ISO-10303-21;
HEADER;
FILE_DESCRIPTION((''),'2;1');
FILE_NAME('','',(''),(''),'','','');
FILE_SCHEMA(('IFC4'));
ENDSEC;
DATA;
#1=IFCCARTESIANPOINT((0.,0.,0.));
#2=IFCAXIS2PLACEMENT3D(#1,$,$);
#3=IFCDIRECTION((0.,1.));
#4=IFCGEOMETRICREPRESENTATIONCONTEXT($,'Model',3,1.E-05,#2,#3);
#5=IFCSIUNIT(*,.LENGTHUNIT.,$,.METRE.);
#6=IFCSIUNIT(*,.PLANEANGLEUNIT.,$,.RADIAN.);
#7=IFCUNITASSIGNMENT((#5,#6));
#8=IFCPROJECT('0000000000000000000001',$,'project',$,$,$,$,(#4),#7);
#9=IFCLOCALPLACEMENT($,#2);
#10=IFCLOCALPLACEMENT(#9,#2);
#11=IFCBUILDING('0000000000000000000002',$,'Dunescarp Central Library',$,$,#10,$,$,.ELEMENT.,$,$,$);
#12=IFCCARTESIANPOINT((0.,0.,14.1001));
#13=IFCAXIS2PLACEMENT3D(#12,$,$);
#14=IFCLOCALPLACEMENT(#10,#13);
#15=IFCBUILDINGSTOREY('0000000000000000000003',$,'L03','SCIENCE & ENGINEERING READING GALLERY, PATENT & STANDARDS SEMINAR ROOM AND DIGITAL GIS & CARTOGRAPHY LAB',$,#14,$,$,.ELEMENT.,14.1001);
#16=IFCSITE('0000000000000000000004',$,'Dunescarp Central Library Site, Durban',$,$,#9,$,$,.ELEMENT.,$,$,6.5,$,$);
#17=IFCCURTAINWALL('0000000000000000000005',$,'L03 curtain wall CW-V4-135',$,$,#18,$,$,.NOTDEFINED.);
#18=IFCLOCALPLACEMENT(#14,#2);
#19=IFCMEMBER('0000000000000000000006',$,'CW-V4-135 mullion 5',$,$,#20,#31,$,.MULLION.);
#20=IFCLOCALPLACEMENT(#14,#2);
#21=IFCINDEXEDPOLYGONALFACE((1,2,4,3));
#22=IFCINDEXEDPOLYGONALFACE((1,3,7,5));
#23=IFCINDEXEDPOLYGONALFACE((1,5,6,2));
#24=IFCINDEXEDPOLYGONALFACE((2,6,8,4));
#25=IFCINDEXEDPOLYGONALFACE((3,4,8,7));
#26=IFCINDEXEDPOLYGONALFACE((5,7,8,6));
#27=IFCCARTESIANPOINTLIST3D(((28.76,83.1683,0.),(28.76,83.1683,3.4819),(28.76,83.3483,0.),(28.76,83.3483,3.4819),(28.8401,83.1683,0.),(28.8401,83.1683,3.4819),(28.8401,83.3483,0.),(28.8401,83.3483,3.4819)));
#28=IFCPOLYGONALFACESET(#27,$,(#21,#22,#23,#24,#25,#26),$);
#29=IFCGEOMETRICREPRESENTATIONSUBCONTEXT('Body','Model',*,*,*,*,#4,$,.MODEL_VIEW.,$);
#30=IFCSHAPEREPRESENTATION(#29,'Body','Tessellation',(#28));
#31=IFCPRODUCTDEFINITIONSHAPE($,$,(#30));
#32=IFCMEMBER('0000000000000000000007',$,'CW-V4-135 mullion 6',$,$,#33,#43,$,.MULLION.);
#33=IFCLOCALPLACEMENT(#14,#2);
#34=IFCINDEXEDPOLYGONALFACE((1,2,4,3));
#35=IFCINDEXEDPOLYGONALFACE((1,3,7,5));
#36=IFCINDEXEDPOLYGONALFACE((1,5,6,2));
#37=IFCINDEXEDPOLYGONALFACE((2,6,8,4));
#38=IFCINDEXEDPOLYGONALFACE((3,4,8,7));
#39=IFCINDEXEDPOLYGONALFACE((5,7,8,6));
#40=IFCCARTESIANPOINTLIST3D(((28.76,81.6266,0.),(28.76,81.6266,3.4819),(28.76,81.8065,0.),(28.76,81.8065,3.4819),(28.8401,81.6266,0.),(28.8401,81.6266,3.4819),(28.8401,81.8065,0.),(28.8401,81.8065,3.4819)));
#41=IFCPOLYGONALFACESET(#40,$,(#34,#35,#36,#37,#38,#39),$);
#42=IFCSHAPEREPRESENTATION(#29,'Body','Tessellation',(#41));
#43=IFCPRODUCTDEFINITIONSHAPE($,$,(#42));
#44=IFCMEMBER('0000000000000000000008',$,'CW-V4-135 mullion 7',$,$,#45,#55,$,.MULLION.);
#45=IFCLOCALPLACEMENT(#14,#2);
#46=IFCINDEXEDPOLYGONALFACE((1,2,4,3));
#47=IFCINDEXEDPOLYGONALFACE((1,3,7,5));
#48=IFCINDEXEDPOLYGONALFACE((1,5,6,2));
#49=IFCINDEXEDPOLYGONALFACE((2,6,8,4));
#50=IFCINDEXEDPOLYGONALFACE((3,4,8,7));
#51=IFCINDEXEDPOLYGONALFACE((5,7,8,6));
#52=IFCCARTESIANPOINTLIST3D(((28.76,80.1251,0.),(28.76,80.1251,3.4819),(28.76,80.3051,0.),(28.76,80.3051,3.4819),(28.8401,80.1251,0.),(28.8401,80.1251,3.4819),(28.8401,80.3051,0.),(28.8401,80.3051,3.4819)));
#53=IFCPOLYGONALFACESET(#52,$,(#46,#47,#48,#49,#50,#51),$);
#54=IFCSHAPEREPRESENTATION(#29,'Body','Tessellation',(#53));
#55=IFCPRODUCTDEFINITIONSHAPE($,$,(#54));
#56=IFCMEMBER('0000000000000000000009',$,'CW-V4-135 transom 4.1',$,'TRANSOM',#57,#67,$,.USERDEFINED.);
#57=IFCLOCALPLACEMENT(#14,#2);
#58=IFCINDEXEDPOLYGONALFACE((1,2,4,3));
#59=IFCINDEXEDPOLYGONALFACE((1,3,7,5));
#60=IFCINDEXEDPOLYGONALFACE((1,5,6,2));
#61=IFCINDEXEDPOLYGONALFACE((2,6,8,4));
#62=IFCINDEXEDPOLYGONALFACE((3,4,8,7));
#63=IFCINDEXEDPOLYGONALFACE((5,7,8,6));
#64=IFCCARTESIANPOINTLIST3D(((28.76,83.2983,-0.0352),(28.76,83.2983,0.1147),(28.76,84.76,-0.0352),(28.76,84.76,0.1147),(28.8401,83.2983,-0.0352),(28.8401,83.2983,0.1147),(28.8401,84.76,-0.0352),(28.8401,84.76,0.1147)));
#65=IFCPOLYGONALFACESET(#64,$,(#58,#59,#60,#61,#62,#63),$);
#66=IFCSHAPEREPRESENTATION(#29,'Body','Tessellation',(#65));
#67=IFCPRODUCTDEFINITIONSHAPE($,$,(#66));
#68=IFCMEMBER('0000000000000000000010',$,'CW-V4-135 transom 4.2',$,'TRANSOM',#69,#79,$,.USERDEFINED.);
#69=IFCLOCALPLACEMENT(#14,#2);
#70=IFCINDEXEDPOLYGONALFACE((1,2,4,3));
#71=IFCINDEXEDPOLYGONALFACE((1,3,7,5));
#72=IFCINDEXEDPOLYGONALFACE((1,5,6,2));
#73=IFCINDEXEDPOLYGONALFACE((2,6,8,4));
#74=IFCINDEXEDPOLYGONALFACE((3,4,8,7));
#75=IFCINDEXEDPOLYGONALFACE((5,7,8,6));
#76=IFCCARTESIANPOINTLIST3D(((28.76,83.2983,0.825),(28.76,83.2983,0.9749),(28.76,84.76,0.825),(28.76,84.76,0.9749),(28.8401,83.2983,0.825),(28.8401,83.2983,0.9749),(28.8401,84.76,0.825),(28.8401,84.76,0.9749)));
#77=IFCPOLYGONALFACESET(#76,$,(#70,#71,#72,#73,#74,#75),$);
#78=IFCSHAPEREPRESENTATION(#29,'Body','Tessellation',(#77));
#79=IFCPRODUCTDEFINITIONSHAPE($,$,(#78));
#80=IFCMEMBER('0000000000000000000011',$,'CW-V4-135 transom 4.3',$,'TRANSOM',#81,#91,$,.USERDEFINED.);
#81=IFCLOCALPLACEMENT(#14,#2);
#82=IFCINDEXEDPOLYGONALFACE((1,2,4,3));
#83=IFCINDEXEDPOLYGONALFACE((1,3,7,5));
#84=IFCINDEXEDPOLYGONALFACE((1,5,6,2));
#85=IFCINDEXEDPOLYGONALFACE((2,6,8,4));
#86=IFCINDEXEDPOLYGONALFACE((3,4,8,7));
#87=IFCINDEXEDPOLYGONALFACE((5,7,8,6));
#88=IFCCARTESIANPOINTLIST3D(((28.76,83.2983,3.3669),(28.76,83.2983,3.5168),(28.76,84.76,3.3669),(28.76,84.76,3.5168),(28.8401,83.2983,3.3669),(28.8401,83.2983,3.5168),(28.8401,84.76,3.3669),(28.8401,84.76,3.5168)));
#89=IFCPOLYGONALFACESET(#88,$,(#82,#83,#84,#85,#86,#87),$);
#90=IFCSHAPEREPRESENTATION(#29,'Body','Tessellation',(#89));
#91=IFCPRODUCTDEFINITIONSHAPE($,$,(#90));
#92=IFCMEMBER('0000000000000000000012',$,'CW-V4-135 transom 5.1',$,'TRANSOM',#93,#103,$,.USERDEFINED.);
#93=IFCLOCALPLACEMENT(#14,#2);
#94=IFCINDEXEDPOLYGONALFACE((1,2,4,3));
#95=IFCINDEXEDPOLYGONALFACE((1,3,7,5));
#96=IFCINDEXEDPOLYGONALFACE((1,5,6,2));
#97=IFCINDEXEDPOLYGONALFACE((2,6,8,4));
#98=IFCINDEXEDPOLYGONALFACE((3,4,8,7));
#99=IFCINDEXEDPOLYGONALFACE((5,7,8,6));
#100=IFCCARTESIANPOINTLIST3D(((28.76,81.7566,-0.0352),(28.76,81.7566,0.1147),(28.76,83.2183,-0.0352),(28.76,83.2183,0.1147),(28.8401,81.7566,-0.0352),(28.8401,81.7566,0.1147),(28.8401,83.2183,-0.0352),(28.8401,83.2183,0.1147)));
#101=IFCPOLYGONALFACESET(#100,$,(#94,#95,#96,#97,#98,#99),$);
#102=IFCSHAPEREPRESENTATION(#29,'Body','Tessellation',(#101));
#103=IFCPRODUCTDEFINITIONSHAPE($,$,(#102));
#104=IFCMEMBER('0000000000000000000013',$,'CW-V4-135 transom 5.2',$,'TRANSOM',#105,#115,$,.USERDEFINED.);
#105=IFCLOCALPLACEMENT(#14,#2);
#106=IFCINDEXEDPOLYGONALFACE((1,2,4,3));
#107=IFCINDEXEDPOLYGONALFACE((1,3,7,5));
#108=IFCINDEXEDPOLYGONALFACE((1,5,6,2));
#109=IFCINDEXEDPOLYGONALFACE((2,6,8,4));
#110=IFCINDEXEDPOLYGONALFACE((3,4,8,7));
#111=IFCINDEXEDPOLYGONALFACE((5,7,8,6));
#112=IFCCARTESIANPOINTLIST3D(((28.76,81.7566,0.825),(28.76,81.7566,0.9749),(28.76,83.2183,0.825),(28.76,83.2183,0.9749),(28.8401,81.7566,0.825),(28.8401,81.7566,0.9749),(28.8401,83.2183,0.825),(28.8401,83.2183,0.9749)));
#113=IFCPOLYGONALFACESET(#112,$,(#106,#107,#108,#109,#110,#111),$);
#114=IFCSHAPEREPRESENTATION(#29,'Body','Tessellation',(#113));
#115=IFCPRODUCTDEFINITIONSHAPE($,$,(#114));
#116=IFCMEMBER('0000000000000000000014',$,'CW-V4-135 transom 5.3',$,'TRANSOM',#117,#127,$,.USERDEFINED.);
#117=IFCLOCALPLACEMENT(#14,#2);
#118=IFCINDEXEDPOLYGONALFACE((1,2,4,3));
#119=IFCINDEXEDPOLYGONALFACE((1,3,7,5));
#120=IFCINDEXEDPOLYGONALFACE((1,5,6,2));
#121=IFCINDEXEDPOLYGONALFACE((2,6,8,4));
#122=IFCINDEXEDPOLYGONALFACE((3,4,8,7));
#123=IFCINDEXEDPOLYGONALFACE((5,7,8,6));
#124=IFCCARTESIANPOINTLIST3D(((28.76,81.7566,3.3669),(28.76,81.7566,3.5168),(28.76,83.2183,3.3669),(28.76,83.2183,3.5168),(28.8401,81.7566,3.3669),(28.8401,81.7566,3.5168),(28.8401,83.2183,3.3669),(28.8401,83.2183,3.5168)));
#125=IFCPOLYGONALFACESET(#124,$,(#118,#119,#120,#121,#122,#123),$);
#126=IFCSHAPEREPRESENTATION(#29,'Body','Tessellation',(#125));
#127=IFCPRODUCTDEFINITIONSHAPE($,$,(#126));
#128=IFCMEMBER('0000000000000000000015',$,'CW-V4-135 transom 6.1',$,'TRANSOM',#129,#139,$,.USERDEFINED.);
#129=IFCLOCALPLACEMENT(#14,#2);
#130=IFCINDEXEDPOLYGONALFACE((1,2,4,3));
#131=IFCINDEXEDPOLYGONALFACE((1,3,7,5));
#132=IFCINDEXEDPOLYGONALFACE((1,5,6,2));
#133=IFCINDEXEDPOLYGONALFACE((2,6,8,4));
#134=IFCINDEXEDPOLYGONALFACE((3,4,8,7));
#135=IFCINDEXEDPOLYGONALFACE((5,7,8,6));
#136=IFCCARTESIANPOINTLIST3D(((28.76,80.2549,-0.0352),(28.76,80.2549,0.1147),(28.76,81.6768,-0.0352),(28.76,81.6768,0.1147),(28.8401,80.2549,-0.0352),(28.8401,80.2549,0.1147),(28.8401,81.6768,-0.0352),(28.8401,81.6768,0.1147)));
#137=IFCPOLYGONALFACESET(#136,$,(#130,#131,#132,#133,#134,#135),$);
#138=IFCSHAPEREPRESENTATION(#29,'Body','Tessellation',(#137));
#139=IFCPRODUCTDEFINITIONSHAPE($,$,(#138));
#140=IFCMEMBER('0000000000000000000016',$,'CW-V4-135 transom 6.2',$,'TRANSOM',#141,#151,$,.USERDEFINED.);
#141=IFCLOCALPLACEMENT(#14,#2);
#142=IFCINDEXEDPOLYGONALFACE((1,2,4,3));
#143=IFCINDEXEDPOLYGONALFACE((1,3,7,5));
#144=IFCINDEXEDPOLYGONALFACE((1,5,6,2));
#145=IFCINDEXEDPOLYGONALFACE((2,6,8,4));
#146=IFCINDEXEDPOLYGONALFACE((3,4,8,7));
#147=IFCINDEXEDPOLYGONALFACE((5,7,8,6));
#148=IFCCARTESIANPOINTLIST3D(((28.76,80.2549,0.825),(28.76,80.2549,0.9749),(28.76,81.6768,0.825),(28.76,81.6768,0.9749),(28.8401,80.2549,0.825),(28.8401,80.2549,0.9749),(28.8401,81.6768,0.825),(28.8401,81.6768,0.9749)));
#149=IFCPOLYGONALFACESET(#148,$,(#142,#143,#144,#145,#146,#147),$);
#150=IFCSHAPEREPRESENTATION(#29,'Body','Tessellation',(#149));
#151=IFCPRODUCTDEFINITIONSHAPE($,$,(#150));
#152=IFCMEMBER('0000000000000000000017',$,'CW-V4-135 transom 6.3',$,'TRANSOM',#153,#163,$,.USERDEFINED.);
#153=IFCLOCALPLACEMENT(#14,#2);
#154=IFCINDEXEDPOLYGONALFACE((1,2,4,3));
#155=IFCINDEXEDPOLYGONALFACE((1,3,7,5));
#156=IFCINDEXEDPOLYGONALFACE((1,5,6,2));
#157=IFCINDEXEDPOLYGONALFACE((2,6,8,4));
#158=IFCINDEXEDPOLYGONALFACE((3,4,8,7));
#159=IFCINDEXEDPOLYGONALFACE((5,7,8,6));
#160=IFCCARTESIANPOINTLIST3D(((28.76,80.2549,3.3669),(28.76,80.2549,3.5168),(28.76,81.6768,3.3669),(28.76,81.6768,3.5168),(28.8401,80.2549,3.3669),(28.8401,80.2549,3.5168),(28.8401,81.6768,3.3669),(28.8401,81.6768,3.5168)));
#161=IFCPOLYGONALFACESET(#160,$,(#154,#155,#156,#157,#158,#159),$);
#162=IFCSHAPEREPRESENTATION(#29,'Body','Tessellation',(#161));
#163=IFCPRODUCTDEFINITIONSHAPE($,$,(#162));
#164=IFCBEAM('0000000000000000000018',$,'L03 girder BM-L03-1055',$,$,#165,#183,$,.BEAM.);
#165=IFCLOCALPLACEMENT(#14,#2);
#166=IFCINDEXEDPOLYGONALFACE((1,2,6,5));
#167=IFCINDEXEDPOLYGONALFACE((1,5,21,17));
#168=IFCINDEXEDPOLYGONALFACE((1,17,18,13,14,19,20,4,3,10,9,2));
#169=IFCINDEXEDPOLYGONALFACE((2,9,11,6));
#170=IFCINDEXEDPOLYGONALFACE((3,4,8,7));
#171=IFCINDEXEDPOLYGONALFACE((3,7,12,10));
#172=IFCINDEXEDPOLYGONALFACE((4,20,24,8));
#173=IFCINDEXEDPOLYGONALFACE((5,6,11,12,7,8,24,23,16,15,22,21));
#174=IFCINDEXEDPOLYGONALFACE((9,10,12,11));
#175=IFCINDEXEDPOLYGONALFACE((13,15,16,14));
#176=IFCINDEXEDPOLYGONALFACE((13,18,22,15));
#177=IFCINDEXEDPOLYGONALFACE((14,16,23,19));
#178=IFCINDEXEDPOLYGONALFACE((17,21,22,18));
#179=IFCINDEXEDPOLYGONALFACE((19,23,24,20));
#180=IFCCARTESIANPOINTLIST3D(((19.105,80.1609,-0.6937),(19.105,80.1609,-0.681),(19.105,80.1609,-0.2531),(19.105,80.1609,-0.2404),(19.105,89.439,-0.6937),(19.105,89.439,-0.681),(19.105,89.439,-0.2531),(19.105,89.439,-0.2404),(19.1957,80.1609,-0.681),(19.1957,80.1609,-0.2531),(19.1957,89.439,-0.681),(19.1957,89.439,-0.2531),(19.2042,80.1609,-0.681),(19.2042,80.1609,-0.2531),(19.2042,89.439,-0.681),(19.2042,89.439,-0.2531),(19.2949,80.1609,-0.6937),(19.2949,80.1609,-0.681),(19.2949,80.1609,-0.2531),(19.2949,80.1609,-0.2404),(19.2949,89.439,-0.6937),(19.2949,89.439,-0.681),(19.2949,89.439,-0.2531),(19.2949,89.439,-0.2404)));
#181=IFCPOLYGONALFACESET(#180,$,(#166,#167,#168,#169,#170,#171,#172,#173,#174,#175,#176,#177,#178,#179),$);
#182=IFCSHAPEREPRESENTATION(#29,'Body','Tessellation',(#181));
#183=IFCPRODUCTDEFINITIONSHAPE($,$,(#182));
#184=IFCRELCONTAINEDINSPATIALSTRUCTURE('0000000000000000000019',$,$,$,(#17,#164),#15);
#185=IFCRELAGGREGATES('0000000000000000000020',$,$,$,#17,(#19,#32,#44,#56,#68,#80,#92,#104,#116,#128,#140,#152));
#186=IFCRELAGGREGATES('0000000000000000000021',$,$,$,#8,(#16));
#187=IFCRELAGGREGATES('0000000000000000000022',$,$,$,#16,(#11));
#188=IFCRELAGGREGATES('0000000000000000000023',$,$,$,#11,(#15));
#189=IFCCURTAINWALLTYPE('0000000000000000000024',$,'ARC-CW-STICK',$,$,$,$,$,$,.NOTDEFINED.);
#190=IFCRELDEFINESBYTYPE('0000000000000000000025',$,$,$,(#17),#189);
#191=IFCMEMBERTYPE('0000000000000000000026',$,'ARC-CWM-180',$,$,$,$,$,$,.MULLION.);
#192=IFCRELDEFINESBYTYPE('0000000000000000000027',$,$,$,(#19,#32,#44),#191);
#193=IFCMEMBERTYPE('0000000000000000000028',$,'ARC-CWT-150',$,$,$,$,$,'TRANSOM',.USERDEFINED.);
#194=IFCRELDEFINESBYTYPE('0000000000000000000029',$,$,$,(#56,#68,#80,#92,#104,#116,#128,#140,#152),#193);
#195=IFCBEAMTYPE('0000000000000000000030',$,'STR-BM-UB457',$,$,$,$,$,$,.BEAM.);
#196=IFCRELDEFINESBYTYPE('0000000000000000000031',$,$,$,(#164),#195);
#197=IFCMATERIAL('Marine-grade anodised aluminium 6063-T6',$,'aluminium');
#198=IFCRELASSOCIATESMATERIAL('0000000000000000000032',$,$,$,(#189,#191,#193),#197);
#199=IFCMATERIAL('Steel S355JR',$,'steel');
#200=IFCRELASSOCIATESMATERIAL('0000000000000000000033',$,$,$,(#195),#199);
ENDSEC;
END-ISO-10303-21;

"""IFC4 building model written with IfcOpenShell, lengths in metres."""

from ifc_helpers import new_model, si_unit, direction, frame, origin, origin_2d, place, context, subcontext, project, spatial, rectangle, i_section, extrude, material, material_profile, profile_set, type_object, element, aggregate, save


model = new_model("IFC4")

# Units and contexts
model_context = context("Model", 3, precision=1e-05, world=origin(), true_north=direction((0.0, 1.0)))
body_context = subcontext(model_context, "Body", "Model", "MODEL_VIEW")
ifc_project = project(units=[si_unit("LENGTHUNIT", "METRE"), si_unit("PLANEANGLEUNIT", "RADIAN")], contexts=[model_context])

# Site, building, storey
site_placement = place(None, origin())
site = spatial("IfcSite", under=ifc_project, at=site_placement, Name="Dunescarp Central Library Site, Durban", CompositionType="ELEMENT", RefElevation=6.5)
building_placement = place(site_placement, origin())
building = spatial("IfcBuilding", under=site, at=building_placement, Name="Dunescarp Central Library", CompositionType="ELEMENT")
storey_placement = place(building_placement, frame((0.0, 0.0, 14.1001)))
storey = spatial("IfcBuildingStorey", under=building, at=storey_placement, Name="L03", Description="SCIENCE & ENGINEERING READING GALLERY, PATENT & STANDARDS SEMINAR ROOM AND DIGITAL GIS & CARTOGRAPHY LAB", CompositionType="ELEMENT", Elevation=14.1001)

# Curtain wall, members
ifc_material_1 = material(Name="Marine-grade anodised aluminium 6063-T6", Category="aluminium")
curtain_wall_type = type_object("IfcCurtainWallType", Name="ARC-CW-STICK", PredefinedType="NOTDEFINED", material=ifc_material_1)
curtain_wall_placement = place(storey_placement, origin())
curtain_wall = element("IfcCurtainWall", 1, at=curtain_wall_placement, inside=storey, type_object=curtain_wall_type, Name="L03 curtain wall CW-V4-135", PredefinedType="NOTDEFINED")
ifc_material_profile_1 = material_profile(ifc_material_1, rectangle(XDim=0.0801, YDim=0.1799, at=origin_2d()), Name="AL 80x180")
ifc_profile_set_1 = profile_set([ifc_material_profile_1], Name="Marine-grade anodised aluminium 6063-T6")
member_type_1 = type_object("IfcMemberType", Name="ARC-CWM-180", PredefinedType="MULLION", material=ifc_profile_set_1)
member_1_placement = place(storey_placement, frame((28.8, 83.2583, 0.0), z_axis=(0.0, 0.0, 1.0), x_axis=(1.0, 0.0, 0.0)))
member_1 = element("IfcMember", 2, at=member_1_placement, type_object=member_type_1, Name="CW-V4-135 mullion 5", PredefinedType="MULLION", context=body_context, shape_type="SweptSolid", body=[
    extrude(rectangle(XDim=0.0801, YDim=0.1799, at=origin_2d()), origin(), (0.0, 0.0, 1.0), 3.4819),
])
member_2_placement = place(storey_placement, frame((28.8, 81.7166, 0.0), z_axis=(0.0, 0.0, 1.0), x_axis=(1.0, 0.0, 0.0)))
member_2 = element("IfcMember", 3, at=member_2_placement, type_object=member_type_1, Name="CW-V4-135 mullion 6", PredefinedType="MULLION", context=body_context, shape_type="SweptSolid", body=[
    extrude(rectangle(XDim=0.0801, YDim=0.1799, at=origin_2d()), origin(), (0.0, 0.0, 1.0), 3.4819),
])
member_3_placement = place(storey_placement, frame((28.8, 80.2151, 0.0), z_axis=(0.0, 0.0, 1.0), x_axis=(1.0, 0.0, 0.0)))
member_3 = element("IfcMember", 4, at=member_3_placement, type_object=member_type_1, Name="CW-V4-135 mullion 7", PredefinedType="MULLION", context=body_context, shape_type="SweptSolid", body=[
    extrude(rectangle(XDim=0.0801, YDim=0.1799, at=origin_2d()), origin(), (0.0, 0.0, 1.0), 3.4819),
])
ifc_material_profile_2 = material_profile(ifc_material_1, rectangle(XDim=0.0801, YDim=0.1499, at=origin_2d()), Name="AL 80x150")
ifc_profile_set_2 = profile_set([ifc_material_profile_2], Name="Marine-grade anodised aluminium 6063-T6")
member_type_2 = type_object("IfcMemberType", Name="ARC-CWT-150", ElementType="TRANSOM", PredefinedType="USERDEFINED", material=ifc_profile_set_2)
member_4_placement = place(storey_placement, frame((28.8, 84.76, 0.0398), z_axis=(0.0, -1.0, 0.0), x_axis=(1.0, 0.0, 0.0)))
member_4 = element("IfcMember", 5, at=member_4_placement, type_object=member_type_2, Name="CW-V4-135 transom 4.1", ObjectType="TRANSOM", PredefinedType="USERDEFINED", context=body_context, shape_type="SweptSolid", body=[
    extrude(rectangle(XDim=0.0801, YDim=0.1499, at=origin_2d()), origin(), (0.0, 0.0, 1.0), 1.4617),
])
member_5_placement = place(storey_placement, frame((28.8, 84.76, 0.8999), z_axis=(0.0, -1.0, 0.0), x_axis=(1.0, 0.0, 0.0)))
member_5 = element("IfcMember", 6, at=member_5_placement, type_object=member_type_2, Name="CW-V4-135 transom 4.2", ObjectType="TRANSOM", PredefinedType="USERDEFINED", context=body_context, shape_type="SweptSolid", body=[
    extrude(rectangle(XDim=0.0801, YDim=0.1499, at=origin_2d()), origin(), (0.0, 0.0, 1.0), 1.4617),
])
member_6_placement = place(storey_placement, frame((28.8, 84.76, 3.4419), z_axis=(0.0, -1.0, 0.0), x_axis=(1.0, 0.0, 0.0)))
member_6 = element("IfcMember", 7, at=member_6_placement, type_object=member_type_2, Name="CW-V4-135 transom 4.3", ObjectType="TRANSOM", PredefinedType="USERDEFINED", context=body_context, shape_type="SweptSolid", body=[
    extrude(rectangle(XDim=0.0801, YDim=0.1499, at=origin_2d()), origin(), (0.0, 0.0, 1.0), 1.4617),
])
member_7_placement = place(storey_placement, frame((28.8, 83.2183, 0.0398), z_axis=(0.0, -1.0, 0.0), x_axis=(1.0, 0.0, 0.0)))
member_7 = element("IfcMember", 8, at=member_7_placement, type_object=member_type_2, Name="CW-V4-135 transom 5.1", ObjectType="TRANSOM", PredefinedType="USERDEFINED", context=body_context, shape_type="SweptSolid", body=[
    extrude(rectangle(XDim=0.0801, YDim=0.1499, at=origin_2d()), origin(), (0.0, 0.0, 1.0), 1.4617),
])
member_8_placement = place(storey_placement, frame((28.8, 83.2183, 0.8999), z_axis=(0.0, -1.0, 0.0), x_axis=(1.0, 0.0, 0.0)))
member_8 = element("IfcMember", 9, at=member_8_placement, type_object=member_type_2, Name="CW-V4-135 transom 5.2", ObjectType="TRANSOM", PredefinedType="USERDEFINED", context=body_context, shape_type="SweptSolid", body=[
    extrude(rectangle(XDim=0.0801, YDim=0.1499, at=origin_2d()), origin(), (0.0, 0.0, 1.0), 1.4617),
])
member_9_placement = place(storey_placement, frame((28.8, 83.2183, 3.4419), z_axis=(0.0, -1.0, 0.0), x_axis=(1.0, 0.0, 0.0)))
member_9 = element("IfcMember", 10, at=member_9_placement, type_object=member_type_2, Name="CW-V4-135 transom 5.3", ObjectType="TRANSOM", PredefinedType="USERDEFINED", context=body_context, shape_type="SweptSolid", body=[
    extrude(rectangle(XDim=0.0801, YDim=0.1499, at=origin_2d()), origin(), (0.0, 0.0, 1.0), 1.4617),
])
member_10_placement = place(storey_placement, frame((28.8, 81.6768, 0.0398), z_axis=(0.0, -1.0, 0.0), x_axis=(1.0, 0.0, 0.0)))
member_10 = element("IfcMember", 11, at=member_10_placement, type_object=member_type_2, Name="CW-V4-135 transom 6.1", ObjectType="TRANSOM", PredefinedType="USERDEFINED", context=body_context, shape_type="SweptSolid", body=[
    extrude(rectangle(XDim=0.0801, YDim=0.1499, at=origin_2d()), origin(), (0.0, 0.0, 1.0), 1.4219),
])
member_11_placement = place(storey_placement, frame((28.8, 81.6768, 0.8999), z_axis=(0.0, -1.0, 0.0), x_axis=(1.0, 0.0, 0.0)))
member_11 = element("IfcMember", 12, at=member_11_placement, type_object=member_type_2, Name="CW-V4-135 transom 6.2", ObjectType="TRANSOM", PredefinedType="USERDEFINED", context=body_context, shape_type="SweptSolid", body=[
    extrude(rectangle(XDim=0.0801, YDim=0.1499, at=origin_2d()), origin(), (0.0, 0.0, 1.0), 1.4219),
])
member_12_placement = place(storey_placement, frame((28.8, 81.6768, 3.4419), z_axis=(0.0, -1.0, 0.0), x_axis=(1.0, 0.0, 0.0)))
member_12 = element("IfcMember", 13, at=member_12_placement, type_object=member_type_2, Name="CW-V4-135 transom 6.3", ObjectType="TRANSOM", PredefinedType="USERDEFINED", context=body_context, shape_type="SweptSolid", body=[
    extrude(rectangle(XDim=0.0801, YDim=0.1499, at=origin_2d()), origin(), (0.0, 0.0, 1.0), 1.4219),
])

# Beam
ifc_material_2 = material(Name="Steel S355JR", Category="steel")
ifc_material_profile_3 = material_profile(ifc_material_2, i_section(OverallWidth=0.1899, OverallDepth=0.4534, WebThickness=0.0085, FlangeThickness=0.0127, at=origin_2d()), Name="UB 457x191x67")
ifc_profile_set_3 = profile_set([ifc_material_profile_3], Name="Steel S355JR")
beam_type_1 = type_object("IfcBeamType", Name="STR-BM-UB457", PredefinedType="BEAM", material=ifc_profile_set_3)
for number, where, z_axis, x_axis, name in (
    (14, (19.2, 80.1609, -0.467), (0.0, 1.0, 0.0), (-1.0, 0.0, 0.0), "L03 girder BM-L03-1055"),
):
    element("IfcBeam", number, at=place(storey_placement, frame(where, z_axis=z_axis, x_axis=x_axis)), inside=storey, type_object=beam_type_1, Name=name, PredefinedType="BEAM", context=body_context, shape_type="SweptSolid", body=[
        extrude(i_section(OverallWidth=0.1899, OverallDepth=0.4534, WebThickness=0.0085, FlangeThickness=0.0127, at=origin_2d()), origin(), (0.0, 0.0, 1.0), 9.2781),
    ])

aggregate(curtain_wall, [member_1, member_2, member_3, member_4, member_5, member_6, member_7, member_8, member_9, member_10, member_11, member_12])

save(model, "model.ifc")
